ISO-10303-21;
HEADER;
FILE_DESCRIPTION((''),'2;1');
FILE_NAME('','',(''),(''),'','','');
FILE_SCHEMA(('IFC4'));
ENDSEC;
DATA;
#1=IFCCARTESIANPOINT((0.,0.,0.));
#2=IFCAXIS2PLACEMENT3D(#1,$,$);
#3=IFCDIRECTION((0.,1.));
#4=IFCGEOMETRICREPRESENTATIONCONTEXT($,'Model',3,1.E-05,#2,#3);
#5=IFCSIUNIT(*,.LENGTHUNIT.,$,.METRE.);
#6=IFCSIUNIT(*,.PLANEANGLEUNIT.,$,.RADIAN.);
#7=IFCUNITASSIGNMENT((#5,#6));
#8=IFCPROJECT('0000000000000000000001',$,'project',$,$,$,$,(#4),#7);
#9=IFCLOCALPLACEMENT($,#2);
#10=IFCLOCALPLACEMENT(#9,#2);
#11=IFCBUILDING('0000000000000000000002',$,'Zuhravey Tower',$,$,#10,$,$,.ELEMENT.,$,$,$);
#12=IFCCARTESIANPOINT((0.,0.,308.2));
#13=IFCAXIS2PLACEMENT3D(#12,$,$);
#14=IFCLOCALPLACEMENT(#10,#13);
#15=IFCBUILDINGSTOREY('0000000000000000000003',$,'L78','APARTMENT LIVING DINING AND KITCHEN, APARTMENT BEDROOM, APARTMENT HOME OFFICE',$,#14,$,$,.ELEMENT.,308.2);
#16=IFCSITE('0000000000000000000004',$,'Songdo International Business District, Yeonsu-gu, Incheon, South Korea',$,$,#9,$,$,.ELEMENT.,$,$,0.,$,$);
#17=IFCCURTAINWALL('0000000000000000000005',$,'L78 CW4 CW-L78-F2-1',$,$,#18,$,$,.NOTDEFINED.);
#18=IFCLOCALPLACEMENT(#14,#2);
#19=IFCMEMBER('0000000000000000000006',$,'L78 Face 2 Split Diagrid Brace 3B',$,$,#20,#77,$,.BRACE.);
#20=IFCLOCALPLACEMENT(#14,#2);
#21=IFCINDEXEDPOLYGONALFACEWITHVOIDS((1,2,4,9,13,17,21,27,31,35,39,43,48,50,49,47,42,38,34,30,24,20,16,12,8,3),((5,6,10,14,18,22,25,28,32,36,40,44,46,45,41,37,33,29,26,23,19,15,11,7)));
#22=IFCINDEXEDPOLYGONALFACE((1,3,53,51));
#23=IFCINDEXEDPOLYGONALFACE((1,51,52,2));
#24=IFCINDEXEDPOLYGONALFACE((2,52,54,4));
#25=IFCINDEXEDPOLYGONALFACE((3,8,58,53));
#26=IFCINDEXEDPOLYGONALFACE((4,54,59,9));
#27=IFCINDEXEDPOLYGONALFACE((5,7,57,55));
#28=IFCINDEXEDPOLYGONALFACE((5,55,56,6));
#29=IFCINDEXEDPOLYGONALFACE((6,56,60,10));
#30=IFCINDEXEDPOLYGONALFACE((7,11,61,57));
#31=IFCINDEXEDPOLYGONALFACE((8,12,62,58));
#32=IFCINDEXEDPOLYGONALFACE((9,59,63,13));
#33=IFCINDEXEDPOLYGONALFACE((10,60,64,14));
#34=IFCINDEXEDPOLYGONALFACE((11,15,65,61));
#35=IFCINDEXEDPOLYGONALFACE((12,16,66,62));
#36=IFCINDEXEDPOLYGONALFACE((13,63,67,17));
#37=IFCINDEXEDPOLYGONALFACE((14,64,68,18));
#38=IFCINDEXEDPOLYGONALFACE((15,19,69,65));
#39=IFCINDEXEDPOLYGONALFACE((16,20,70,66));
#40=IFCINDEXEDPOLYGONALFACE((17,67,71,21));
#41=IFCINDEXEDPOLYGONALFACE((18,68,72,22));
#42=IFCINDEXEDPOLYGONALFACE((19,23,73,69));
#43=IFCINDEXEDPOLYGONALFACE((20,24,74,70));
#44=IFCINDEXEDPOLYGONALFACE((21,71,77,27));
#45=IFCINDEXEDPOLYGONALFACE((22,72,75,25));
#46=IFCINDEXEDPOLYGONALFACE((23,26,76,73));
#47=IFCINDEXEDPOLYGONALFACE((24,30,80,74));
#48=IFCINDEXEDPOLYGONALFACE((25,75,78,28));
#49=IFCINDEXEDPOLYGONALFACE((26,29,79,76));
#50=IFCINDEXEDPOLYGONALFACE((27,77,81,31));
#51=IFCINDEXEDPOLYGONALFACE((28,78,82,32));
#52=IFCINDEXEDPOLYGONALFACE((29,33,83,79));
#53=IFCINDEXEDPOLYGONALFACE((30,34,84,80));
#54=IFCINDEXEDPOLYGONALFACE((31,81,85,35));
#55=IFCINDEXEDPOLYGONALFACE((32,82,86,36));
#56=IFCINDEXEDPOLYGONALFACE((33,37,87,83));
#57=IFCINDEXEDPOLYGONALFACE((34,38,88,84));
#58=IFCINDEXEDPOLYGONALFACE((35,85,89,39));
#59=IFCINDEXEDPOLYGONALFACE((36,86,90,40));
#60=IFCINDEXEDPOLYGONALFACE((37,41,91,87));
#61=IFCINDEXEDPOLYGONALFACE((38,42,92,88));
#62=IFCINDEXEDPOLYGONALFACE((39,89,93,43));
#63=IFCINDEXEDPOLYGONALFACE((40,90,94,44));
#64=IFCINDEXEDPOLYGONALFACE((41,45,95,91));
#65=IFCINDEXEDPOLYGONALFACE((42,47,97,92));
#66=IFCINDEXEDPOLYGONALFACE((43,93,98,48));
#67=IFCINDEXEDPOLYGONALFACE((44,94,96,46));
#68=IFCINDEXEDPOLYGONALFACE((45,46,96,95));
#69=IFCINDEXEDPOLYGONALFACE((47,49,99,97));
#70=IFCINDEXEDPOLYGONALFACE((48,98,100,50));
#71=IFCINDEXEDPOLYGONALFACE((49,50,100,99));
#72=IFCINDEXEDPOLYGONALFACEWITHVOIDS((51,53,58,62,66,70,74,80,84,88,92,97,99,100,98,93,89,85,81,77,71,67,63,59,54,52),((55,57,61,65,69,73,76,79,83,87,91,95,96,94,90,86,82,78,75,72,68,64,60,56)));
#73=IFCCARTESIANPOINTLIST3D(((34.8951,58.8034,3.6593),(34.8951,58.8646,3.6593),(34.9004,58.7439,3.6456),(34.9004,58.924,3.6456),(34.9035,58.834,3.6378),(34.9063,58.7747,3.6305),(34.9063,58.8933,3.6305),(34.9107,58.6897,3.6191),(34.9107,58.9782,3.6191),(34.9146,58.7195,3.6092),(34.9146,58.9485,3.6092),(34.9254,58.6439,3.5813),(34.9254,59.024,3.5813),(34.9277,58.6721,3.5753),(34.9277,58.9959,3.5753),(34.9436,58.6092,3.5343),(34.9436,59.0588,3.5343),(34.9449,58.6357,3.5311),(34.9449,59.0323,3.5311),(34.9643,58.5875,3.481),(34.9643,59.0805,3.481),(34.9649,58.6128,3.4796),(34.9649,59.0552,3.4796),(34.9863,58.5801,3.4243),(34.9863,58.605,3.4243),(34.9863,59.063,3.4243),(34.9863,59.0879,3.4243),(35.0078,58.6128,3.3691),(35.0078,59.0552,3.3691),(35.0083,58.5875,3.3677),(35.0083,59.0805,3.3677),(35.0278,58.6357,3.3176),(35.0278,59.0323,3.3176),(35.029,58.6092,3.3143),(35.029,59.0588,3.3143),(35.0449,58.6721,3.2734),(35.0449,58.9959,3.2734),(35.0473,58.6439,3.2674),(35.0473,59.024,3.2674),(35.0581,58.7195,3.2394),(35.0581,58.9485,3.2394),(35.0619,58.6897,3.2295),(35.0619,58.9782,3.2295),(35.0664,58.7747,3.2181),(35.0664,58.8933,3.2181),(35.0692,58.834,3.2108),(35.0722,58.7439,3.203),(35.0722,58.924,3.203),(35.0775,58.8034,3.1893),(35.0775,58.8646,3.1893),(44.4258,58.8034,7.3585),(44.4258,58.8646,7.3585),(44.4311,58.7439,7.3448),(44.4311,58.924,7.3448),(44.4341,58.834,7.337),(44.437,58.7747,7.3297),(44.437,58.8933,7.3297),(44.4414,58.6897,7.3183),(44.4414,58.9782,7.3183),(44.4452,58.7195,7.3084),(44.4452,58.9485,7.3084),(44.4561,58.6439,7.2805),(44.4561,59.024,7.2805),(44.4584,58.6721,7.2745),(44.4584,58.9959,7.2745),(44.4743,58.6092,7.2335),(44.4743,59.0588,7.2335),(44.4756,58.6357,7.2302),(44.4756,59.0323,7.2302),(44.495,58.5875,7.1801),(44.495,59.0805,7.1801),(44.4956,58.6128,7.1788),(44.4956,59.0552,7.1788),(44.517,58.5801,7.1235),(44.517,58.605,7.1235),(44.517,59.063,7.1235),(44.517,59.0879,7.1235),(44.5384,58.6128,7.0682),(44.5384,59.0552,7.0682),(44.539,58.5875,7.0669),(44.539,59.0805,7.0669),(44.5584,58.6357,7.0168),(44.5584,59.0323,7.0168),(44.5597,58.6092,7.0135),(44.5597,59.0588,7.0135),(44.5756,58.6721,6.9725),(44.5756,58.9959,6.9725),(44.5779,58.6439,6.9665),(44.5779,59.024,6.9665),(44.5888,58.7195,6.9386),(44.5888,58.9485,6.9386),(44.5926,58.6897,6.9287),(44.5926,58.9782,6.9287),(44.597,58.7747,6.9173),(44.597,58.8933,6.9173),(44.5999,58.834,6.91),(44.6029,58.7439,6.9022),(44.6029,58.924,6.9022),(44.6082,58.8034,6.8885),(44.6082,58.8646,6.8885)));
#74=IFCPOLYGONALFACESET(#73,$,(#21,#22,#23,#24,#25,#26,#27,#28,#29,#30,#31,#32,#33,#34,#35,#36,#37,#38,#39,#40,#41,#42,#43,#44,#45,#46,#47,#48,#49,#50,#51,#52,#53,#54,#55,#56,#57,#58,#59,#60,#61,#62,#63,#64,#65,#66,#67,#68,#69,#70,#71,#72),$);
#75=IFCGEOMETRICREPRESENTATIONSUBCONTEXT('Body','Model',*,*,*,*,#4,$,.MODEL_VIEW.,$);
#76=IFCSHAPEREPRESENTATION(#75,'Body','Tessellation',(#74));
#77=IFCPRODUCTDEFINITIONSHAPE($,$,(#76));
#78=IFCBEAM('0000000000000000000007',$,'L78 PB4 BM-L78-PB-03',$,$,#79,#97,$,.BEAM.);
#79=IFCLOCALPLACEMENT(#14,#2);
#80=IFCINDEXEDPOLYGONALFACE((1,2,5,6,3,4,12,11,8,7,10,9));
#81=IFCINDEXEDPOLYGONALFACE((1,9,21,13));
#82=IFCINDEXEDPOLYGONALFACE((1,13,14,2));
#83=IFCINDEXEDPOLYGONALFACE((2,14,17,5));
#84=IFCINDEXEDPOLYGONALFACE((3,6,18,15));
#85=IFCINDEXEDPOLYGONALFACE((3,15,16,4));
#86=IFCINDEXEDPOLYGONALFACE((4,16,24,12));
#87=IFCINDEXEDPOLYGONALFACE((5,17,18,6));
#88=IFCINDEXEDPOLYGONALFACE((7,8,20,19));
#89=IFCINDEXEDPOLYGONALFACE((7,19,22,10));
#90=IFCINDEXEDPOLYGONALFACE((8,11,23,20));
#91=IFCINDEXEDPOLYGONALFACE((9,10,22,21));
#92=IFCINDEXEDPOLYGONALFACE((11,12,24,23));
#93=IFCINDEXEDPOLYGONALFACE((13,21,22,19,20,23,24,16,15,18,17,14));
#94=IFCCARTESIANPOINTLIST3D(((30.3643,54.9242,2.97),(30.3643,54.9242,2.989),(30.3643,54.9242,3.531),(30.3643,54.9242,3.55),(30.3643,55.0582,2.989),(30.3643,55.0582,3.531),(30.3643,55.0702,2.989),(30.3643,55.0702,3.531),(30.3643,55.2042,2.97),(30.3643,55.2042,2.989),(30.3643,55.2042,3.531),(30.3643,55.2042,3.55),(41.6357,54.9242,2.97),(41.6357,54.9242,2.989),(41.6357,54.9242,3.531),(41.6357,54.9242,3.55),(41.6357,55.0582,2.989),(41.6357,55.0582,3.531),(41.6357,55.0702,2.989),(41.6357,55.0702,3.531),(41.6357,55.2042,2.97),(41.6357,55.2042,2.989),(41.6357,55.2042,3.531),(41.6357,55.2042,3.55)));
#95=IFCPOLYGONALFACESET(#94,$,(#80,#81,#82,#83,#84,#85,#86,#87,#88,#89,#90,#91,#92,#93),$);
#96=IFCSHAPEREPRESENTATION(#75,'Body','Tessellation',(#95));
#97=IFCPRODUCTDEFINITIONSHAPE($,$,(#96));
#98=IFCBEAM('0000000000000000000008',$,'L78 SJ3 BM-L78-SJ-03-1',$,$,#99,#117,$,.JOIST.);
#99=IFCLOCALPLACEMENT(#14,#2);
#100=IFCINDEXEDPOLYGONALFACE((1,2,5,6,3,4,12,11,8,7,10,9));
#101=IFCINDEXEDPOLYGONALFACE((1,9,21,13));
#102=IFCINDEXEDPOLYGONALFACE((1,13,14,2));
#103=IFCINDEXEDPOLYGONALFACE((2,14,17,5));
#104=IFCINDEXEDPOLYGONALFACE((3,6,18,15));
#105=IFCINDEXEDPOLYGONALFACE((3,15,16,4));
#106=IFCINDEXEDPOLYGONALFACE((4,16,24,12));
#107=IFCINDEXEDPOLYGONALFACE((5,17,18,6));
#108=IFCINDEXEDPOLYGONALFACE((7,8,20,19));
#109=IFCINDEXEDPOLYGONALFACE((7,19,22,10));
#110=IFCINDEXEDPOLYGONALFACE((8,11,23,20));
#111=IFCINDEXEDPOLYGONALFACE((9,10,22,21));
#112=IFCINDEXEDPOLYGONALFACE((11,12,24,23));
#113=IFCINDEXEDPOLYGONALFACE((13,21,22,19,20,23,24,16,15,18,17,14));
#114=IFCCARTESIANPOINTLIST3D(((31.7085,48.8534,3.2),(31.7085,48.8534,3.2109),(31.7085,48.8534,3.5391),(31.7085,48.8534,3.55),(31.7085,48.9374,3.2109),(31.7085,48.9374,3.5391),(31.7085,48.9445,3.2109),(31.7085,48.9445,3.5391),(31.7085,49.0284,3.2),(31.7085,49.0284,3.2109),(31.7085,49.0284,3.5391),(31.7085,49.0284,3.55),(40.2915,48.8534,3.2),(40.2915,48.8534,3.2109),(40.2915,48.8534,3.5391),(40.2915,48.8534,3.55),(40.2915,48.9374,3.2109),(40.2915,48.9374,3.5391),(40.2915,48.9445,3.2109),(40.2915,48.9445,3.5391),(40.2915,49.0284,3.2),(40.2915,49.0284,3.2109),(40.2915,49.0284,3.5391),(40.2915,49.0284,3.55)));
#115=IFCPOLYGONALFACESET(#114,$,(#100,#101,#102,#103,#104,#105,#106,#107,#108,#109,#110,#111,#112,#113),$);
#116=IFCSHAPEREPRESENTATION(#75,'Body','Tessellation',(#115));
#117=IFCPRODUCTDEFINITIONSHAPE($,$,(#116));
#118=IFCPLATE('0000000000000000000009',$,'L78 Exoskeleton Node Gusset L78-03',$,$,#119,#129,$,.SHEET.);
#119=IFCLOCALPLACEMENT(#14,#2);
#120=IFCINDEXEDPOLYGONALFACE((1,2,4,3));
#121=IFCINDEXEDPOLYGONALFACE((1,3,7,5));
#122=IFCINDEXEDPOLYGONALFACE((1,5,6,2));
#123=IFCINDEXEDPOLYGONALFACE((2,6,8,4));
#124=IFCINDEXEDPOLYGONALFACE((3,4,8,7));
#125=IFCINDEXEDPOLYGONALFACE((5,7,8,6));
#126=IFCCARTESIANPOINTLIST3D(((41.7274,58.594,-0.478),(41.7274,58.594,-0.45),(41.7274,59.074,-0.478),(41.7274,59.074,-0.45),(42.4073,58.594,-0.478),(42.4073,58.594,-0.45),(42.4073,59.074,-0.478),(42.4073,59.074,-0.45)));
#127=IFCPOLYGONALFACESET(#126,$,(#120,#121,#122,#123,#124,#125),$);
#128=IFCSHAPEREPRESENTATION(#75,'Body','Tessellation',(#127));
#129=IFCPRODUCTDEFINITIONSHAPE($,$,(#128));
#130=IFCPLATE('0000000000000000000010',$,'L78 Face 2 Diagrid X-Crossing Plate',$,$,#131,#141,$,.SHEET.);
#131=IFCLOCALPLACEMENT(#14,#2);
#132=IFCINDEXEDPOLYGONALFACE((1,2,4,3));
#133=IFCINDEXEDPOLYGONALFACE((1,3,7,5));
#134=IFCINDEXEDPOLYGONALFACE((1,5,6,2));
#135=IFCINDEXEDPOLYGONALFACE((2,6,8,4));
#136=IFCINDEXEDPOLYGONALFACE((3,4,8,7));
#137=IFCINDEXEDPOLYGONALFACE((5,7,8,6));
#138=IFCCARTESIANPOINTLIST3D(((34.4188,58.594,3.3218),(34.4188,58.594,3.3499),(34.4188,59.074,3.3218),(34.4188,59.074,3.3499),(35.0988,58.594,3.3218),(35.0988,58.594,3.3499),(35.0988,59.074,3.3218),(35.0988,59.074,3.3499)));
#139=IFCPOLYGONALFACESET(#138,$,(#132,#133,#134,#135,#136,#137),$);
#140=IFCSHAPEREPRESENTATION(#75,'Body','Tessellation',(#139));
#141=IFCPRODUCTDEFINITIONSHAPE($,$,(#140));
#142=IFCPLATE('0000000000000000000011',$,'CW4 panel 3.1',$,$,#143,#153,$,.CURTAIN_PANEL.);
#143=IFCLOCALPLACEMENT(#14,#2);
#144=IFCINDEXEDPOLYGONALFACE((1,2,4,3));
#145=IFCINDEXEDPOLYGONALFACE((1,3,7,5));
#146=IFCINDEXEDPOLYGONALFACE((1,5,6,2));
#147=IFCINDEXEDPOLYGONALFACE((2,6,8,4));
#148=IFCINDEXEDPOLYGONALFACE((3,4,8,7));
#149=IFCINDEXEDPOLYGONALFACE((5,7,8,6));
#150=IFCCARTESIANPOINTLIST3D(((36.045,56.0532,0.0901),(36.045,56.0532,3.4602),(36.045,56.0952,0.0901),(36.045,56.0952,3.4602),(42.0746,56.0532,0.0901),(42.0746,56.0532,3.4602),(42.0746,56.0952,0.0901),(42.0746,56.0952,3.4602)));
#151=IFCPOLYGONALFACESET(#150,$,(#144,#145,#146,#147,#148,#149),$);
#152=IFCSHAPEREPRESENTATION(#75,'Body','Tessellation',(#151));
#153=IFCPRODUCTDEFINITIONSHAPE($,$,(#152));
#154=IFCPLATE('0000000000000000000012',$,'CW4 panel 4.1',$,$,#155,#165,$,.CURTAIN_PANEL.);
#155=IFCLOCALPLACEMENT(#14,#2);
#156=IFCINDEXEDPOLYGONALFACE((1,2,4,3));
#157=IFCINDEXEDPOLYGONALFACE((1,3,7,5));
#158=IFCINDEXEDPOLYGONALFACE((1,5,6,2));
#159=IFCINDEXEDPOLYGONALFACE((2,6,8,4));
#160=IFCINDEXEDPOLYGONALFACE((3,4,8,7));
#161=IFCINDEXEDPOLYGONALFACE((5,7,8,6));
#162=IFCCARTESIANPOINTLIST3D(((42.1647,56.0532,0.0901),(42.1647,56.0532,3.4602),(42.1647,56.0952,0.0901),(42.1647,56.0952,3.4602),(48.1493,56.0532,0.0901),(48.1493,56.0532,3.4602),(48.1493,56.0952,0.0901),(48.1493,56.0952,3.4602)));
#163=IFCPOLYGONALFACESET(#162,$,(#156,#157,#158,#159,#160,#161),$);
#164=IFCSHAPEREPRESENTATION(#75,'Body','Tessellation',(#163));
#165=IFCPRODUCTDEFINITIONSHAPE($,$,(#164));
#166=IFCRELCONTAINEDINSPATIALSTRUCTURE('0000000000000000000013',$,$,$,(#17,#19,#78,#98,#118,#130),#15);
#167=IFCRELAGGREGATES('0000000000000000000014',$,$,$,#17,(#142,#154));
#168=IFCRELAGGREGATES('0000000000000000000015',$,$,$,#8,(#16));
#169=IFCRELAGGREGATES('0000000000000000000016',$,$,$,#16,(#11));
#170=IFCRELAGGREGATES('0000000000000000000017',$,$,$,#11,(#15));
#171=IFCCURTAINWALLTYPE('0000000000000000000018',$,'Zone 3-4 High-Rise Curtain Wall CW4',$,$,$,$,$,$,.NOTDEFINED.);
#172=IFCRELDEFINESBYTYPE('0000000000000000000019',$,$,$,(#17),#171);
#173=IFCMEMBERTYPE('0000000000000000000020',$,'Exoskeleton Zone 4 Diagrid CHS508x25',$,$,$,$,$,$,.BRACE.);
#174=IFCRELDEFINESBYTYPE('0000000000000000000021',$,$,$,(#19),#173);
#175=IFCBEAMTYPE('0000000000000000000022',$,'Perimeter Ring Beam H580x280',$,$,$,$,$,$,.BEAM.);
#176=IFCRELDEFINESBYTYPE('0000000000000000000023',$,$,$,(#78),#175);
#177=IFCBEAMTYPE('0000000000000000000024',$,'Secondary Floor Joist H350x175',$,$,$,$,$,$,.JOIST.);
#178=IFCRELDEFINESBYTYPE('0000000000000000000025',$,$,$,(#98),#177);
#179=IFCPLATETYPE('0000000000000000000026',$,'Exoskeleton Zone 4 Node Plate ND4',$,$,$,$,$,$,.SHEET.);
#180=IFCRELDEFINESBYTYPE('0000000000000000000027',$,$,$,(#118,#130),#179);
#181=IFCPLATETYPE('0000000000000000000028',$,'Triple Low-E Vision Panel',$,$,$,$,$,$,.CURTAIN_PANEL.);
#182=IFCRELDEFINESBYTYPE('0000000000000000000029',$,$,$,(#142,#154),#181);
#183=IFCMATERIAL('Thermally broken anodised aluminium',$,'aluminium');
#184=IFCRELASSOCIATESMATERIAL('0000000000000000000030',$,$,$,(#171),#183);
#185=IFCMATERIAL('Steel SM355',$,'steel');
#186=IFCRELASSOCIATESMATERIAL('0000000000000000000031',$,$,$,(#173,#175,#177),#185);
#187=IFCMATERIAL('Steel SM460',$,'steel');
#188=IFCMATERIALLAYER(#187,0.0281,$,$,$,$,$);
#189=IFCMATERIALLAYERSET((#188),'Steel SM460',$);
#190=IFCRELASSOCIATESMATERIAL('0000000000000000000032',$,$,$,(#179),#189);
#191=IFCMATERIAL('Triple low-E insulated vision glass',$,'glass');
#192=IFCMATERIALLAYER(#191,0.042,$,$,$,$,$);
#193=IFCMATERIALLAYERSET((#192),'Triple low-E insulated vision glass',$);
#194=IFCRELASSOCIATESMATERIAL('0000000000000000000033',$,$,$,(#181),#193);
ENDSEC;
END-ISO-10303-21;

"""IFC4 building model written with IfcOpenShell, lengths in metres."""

from ifc_helpers import new_model, si_unit, direction, frame, origin, origin_2d, place, context, subcontext, project, spatial, rectangle, hollow_circle, i_section, extrude, material, layer, layer_set, material_profile, profile_set, type_object, element, aggregate, save


model = new_model("IFC4")

# Units and contexts
model_context = context("Model", 3, precision=1e-05, world=origin(), true_north=direction((0.0, 1.0)))
body_context = subcontext(model_context, "Body", "Model", "MODEL_VIEW")
ifc_project = project(units=[si_unit("LENGTHUNIT", "METRE"), si_unit("PLANEANGLEUNIT", "RADIAN")], contexts=[model_context])

# Site, building, storey
site_placement = place(None, origin())
site = spatial("IfcSite", under=ifc_project, at=site_placement, Name="Songdo International Business District, Yeonsu-gu, Incheon, South Korea", CompositionType="ELEMENT", RefElevation=0.0)
building_placement = place(site_placement, origin())
building = spatial("IfcBuilding", under=site, at=building_placement, Name="Zuhravey Tower", CompositionType="ELEMENT")
storey_placement = place(building_placement, frame((0.0, 0.0, 308.2)))
storey = spatial("IfcBuildingStorey", under=building, at=storey_placement, Name="L78", Description="APARTMENT LIVING DINING AND KITCHEN, APARTMENT BEDROOM, APARTMENT HOME OFFICE", CompositionType="ELEMENT", Elevation=308.2)

# Curtain wall
ifc_material_1 = material(Name="Thermally broken anodised aluminium", Category="aluminium")
curtain_wall_type = type_object("IfcCurtainWallType", Name="Zone 3-4 High-Rise Curtain Wall CW4", PredefinedType="NOTDEFINED", material=ifc_material_1)
curtain_wall_placement = place(storey_placement, origin())
curtain_wall = element("IfcCurtainWall", 1, at=curtain_wall_placement, inside=storey, type_object=curtain_wall_type, Name="L78 CW4 CW-L78-F2-1", PredefinedType="NOTDEFINED")

# Member
ifc_material_2 = material(Name="Steel SM355", Category="steel")
ifc_material_profile_1 = material_profile(ifc_material_2, hollow_circle(Radius=0.2539, WallThickness=0.0249, at=origin_2d()), Name="CHS-508.0x25")
ifc_profile_set_1 = profile_set([ifc_material_profile_1], Name="Steel SM355")
member_type_1 = type_object("IfcMemberType", Name="Exoskeleton Zone 4 Diagrid CHS508x25", PredefinedType="BRACE", material=ifc_profile_set_1)
member_1_placement = place(storey_placement, frame((34.9863, 58.834, 3.4243), z_axis=(0.932242, 0.0, 0.361835), x_axis=(0.0, 1.0, 0.0)))
element("IfcMember", 2, at=member_1_placement, inside=storey, type_object=member_type_1, Name="L78 Face 2 Split Diagrid Brace 3B", PredefinedType="BRACE", context=body_context, shape_type="SweptSolid", body=[
    extrude(hollow_circle(Radius=0.2539, WallThickness=0.0249, at=origin_2d()), origin(), (0.0, 0.0, 1.0), 10.2234),
])

# Beams
ifc_material_profile_2 = material_profile(ifc_material_2, i_section(OverallWidth=0.28, OverallDepth=0.5801, WebThickness=0.012, FlangeThickness=0.019, at=origin_2d()), Name="H-580x280x12x19")
ifc_profile_set_2 = profile_set([ifc_material_profile_2], Name="Steel SM355")
beam_type_1 = type_object("IfcBeamType", Name="Perimeter Ring Beam H580x280", PredefinedType="BEAM", material=ifc_profile_set_2)
beam_1_placement = place(storey_placement, frame((41.6357, 55.0642, 3.26), z_axis=(-1.0, 0.0, 0.0), x_axis=(0.0, -1.0, 0.0)))
element("IfcBeam", 3, at=beam_1_placement, inside=storey, type_object=beam_type_1, Name="L78 PB4 BM-L78-PB-03", PredefinedType="BEAM", context=body_context, shape_type="SweptSolid", body=[
    extrude(i_section(OverallWidth=0.28, OverallDepth=0.5801, WebThickness=0.012, FlangeThickness=0.019, at=origin_2d()), origin(), (0.0, 0.0, 1.0), 11.2715),
])
ifc_material_profile_3 = material_profile(ifc_material_2, i_section(OverallWidth=0.175, OverallDepth=0.3501, WebThickness=0.0071, FlangeThickness=0.011, at=origin_2d()), Name="H-350x175x7x11")
ifc_profile_set_3 = profile_set([ifc_material_profile_3], Name="Steel SM355")
beam_type_2 = type_object("IfcBeamType", Name="Secondary Floor Joist H350x175", PredefinedType="JOIST", material=ifc_profile_set_3)
beam_2_placement = place(storey_placement, frame((40.2915, 48.9409, 3.375), z_axis=(-1.0, 0.0, 0.0), x_axis=(0.0, -1.0, 0.0)))
element("IfcBeam", 4, at=beam_2_placement, inside=storey, type_object=beam_type_2, Name="L78 SJ3 BM-L78-SJ-03-1", PredefinedType="JOIST", context=body_context, shape_type="SweptSolid", body=[
    extrude(i_section(OverallWidth=0.175, OverallDepth=0.3501, WebThickness=0.0071, FlangeThickness=0.011, at=origin_2d()), origin(), (0.0, 0.0, 1.0), 8.583),
])

# Plates
ifc_material_3 = material(Name="Steel SM460", Category="steel")
ifc_layer_1 = layer(ifc_material_3, 0.0281)
ifc_layer_set_1 = layer_set([ifc_layer_1], Name="Steel SM460")
plate_type_1 = type_object("IfcPlateType", Name="Exoskeleton Zone 4 Node Plate ND4", PredefinedType="SHEET", material=ifc_layer_set_1)
for number, where, z_axis, x_axis, name in (
    (5, (42.0674, 58.834, -0.478), (0.0, 0.0, 1.0), (-1.0, 0.0, 0.0), "L78 Exoskeleton Node Gusset L78-03"),
    (6, (34.7588, 58.834, 3.3218), (0.0, 0.0, 1.0), (-1.0, 0.0, 0.0), "L78 Face 2 Diagrid X-Crossing Plate"),
):
    element("IfcPlate", number, at=place(storey_placement, frame(where, z_axis=z_axis, x_axis=x_axis)), inside=storey, type_object=plate_type_1, Name=name, PredefinedType="SHEET", context=body_context, shape_type="SweptSolid", body=[
        extrude(rectangle(XDim=0.6799, YDim=0.48, at=origin_2d()), origin(), (0.0, 0.0, 1.0), 0.0281),
    ])

# Plates
ifc_material_4 = material(Name="Triple low-E insulated vision glass", Category="glass")
ifc_layer_2 = layer(ifc_material_4, 0.042)
ifc_layer_set_2 = layer_set([ifc_layer_2], Name="Triple low-E insulated vision glass")
plate_type_2 = type_object("IfcPlateType", Name="Triple Low-E Vision Panel", PredefinedType="CURTAIN_PANEL", material=ifc_layer_set_2)
plate_1_placement = place(storey_placement, frame((39.0598, 56.0742, 0.0901), z_axis=(0.0, 0.0, 1.0), x_axis=(1.0, 0.0, 0.0)))
plate_1 = element("IfcPlate", 7, at=plate_1_placement, type_object=plate_type_2, Name="CW4 panel 3.1", PredefinedType="CURTAIN_PANEL", context=body_context, shape_type="SweptSolid", body=[
    extrude(rectangle(XDim=6.0295, YDim=0.042, at=origin_2d()), origin(), (0.0, 0.0, 1.0), 3.3701),
])
plate_2_placement = place(storey_placement, frame((45.157, 56.0742, 0.0901), z_axis=(0.0, 0.0, 1.0), x_axis=(1.0, 0.0, 0.0)))
plate_2 = element("IfcPlate", 8, at=plate_2_placement, type_object=plate_type_2, Name="CW4 panel 4.1", PredefinedType="CURTAIN_PANEL", context=body_context, shape_type="SweptSolid", body=[
    extrude(rectangle(XDim=5.9846, YDim=0.042, at=origin_2d()), origin(), (0.0, 0.0, 1.0), 3.3701),
])
aggregate(curtain_wall, [plate_1, plate_2])

save(model, "model.ifc")
